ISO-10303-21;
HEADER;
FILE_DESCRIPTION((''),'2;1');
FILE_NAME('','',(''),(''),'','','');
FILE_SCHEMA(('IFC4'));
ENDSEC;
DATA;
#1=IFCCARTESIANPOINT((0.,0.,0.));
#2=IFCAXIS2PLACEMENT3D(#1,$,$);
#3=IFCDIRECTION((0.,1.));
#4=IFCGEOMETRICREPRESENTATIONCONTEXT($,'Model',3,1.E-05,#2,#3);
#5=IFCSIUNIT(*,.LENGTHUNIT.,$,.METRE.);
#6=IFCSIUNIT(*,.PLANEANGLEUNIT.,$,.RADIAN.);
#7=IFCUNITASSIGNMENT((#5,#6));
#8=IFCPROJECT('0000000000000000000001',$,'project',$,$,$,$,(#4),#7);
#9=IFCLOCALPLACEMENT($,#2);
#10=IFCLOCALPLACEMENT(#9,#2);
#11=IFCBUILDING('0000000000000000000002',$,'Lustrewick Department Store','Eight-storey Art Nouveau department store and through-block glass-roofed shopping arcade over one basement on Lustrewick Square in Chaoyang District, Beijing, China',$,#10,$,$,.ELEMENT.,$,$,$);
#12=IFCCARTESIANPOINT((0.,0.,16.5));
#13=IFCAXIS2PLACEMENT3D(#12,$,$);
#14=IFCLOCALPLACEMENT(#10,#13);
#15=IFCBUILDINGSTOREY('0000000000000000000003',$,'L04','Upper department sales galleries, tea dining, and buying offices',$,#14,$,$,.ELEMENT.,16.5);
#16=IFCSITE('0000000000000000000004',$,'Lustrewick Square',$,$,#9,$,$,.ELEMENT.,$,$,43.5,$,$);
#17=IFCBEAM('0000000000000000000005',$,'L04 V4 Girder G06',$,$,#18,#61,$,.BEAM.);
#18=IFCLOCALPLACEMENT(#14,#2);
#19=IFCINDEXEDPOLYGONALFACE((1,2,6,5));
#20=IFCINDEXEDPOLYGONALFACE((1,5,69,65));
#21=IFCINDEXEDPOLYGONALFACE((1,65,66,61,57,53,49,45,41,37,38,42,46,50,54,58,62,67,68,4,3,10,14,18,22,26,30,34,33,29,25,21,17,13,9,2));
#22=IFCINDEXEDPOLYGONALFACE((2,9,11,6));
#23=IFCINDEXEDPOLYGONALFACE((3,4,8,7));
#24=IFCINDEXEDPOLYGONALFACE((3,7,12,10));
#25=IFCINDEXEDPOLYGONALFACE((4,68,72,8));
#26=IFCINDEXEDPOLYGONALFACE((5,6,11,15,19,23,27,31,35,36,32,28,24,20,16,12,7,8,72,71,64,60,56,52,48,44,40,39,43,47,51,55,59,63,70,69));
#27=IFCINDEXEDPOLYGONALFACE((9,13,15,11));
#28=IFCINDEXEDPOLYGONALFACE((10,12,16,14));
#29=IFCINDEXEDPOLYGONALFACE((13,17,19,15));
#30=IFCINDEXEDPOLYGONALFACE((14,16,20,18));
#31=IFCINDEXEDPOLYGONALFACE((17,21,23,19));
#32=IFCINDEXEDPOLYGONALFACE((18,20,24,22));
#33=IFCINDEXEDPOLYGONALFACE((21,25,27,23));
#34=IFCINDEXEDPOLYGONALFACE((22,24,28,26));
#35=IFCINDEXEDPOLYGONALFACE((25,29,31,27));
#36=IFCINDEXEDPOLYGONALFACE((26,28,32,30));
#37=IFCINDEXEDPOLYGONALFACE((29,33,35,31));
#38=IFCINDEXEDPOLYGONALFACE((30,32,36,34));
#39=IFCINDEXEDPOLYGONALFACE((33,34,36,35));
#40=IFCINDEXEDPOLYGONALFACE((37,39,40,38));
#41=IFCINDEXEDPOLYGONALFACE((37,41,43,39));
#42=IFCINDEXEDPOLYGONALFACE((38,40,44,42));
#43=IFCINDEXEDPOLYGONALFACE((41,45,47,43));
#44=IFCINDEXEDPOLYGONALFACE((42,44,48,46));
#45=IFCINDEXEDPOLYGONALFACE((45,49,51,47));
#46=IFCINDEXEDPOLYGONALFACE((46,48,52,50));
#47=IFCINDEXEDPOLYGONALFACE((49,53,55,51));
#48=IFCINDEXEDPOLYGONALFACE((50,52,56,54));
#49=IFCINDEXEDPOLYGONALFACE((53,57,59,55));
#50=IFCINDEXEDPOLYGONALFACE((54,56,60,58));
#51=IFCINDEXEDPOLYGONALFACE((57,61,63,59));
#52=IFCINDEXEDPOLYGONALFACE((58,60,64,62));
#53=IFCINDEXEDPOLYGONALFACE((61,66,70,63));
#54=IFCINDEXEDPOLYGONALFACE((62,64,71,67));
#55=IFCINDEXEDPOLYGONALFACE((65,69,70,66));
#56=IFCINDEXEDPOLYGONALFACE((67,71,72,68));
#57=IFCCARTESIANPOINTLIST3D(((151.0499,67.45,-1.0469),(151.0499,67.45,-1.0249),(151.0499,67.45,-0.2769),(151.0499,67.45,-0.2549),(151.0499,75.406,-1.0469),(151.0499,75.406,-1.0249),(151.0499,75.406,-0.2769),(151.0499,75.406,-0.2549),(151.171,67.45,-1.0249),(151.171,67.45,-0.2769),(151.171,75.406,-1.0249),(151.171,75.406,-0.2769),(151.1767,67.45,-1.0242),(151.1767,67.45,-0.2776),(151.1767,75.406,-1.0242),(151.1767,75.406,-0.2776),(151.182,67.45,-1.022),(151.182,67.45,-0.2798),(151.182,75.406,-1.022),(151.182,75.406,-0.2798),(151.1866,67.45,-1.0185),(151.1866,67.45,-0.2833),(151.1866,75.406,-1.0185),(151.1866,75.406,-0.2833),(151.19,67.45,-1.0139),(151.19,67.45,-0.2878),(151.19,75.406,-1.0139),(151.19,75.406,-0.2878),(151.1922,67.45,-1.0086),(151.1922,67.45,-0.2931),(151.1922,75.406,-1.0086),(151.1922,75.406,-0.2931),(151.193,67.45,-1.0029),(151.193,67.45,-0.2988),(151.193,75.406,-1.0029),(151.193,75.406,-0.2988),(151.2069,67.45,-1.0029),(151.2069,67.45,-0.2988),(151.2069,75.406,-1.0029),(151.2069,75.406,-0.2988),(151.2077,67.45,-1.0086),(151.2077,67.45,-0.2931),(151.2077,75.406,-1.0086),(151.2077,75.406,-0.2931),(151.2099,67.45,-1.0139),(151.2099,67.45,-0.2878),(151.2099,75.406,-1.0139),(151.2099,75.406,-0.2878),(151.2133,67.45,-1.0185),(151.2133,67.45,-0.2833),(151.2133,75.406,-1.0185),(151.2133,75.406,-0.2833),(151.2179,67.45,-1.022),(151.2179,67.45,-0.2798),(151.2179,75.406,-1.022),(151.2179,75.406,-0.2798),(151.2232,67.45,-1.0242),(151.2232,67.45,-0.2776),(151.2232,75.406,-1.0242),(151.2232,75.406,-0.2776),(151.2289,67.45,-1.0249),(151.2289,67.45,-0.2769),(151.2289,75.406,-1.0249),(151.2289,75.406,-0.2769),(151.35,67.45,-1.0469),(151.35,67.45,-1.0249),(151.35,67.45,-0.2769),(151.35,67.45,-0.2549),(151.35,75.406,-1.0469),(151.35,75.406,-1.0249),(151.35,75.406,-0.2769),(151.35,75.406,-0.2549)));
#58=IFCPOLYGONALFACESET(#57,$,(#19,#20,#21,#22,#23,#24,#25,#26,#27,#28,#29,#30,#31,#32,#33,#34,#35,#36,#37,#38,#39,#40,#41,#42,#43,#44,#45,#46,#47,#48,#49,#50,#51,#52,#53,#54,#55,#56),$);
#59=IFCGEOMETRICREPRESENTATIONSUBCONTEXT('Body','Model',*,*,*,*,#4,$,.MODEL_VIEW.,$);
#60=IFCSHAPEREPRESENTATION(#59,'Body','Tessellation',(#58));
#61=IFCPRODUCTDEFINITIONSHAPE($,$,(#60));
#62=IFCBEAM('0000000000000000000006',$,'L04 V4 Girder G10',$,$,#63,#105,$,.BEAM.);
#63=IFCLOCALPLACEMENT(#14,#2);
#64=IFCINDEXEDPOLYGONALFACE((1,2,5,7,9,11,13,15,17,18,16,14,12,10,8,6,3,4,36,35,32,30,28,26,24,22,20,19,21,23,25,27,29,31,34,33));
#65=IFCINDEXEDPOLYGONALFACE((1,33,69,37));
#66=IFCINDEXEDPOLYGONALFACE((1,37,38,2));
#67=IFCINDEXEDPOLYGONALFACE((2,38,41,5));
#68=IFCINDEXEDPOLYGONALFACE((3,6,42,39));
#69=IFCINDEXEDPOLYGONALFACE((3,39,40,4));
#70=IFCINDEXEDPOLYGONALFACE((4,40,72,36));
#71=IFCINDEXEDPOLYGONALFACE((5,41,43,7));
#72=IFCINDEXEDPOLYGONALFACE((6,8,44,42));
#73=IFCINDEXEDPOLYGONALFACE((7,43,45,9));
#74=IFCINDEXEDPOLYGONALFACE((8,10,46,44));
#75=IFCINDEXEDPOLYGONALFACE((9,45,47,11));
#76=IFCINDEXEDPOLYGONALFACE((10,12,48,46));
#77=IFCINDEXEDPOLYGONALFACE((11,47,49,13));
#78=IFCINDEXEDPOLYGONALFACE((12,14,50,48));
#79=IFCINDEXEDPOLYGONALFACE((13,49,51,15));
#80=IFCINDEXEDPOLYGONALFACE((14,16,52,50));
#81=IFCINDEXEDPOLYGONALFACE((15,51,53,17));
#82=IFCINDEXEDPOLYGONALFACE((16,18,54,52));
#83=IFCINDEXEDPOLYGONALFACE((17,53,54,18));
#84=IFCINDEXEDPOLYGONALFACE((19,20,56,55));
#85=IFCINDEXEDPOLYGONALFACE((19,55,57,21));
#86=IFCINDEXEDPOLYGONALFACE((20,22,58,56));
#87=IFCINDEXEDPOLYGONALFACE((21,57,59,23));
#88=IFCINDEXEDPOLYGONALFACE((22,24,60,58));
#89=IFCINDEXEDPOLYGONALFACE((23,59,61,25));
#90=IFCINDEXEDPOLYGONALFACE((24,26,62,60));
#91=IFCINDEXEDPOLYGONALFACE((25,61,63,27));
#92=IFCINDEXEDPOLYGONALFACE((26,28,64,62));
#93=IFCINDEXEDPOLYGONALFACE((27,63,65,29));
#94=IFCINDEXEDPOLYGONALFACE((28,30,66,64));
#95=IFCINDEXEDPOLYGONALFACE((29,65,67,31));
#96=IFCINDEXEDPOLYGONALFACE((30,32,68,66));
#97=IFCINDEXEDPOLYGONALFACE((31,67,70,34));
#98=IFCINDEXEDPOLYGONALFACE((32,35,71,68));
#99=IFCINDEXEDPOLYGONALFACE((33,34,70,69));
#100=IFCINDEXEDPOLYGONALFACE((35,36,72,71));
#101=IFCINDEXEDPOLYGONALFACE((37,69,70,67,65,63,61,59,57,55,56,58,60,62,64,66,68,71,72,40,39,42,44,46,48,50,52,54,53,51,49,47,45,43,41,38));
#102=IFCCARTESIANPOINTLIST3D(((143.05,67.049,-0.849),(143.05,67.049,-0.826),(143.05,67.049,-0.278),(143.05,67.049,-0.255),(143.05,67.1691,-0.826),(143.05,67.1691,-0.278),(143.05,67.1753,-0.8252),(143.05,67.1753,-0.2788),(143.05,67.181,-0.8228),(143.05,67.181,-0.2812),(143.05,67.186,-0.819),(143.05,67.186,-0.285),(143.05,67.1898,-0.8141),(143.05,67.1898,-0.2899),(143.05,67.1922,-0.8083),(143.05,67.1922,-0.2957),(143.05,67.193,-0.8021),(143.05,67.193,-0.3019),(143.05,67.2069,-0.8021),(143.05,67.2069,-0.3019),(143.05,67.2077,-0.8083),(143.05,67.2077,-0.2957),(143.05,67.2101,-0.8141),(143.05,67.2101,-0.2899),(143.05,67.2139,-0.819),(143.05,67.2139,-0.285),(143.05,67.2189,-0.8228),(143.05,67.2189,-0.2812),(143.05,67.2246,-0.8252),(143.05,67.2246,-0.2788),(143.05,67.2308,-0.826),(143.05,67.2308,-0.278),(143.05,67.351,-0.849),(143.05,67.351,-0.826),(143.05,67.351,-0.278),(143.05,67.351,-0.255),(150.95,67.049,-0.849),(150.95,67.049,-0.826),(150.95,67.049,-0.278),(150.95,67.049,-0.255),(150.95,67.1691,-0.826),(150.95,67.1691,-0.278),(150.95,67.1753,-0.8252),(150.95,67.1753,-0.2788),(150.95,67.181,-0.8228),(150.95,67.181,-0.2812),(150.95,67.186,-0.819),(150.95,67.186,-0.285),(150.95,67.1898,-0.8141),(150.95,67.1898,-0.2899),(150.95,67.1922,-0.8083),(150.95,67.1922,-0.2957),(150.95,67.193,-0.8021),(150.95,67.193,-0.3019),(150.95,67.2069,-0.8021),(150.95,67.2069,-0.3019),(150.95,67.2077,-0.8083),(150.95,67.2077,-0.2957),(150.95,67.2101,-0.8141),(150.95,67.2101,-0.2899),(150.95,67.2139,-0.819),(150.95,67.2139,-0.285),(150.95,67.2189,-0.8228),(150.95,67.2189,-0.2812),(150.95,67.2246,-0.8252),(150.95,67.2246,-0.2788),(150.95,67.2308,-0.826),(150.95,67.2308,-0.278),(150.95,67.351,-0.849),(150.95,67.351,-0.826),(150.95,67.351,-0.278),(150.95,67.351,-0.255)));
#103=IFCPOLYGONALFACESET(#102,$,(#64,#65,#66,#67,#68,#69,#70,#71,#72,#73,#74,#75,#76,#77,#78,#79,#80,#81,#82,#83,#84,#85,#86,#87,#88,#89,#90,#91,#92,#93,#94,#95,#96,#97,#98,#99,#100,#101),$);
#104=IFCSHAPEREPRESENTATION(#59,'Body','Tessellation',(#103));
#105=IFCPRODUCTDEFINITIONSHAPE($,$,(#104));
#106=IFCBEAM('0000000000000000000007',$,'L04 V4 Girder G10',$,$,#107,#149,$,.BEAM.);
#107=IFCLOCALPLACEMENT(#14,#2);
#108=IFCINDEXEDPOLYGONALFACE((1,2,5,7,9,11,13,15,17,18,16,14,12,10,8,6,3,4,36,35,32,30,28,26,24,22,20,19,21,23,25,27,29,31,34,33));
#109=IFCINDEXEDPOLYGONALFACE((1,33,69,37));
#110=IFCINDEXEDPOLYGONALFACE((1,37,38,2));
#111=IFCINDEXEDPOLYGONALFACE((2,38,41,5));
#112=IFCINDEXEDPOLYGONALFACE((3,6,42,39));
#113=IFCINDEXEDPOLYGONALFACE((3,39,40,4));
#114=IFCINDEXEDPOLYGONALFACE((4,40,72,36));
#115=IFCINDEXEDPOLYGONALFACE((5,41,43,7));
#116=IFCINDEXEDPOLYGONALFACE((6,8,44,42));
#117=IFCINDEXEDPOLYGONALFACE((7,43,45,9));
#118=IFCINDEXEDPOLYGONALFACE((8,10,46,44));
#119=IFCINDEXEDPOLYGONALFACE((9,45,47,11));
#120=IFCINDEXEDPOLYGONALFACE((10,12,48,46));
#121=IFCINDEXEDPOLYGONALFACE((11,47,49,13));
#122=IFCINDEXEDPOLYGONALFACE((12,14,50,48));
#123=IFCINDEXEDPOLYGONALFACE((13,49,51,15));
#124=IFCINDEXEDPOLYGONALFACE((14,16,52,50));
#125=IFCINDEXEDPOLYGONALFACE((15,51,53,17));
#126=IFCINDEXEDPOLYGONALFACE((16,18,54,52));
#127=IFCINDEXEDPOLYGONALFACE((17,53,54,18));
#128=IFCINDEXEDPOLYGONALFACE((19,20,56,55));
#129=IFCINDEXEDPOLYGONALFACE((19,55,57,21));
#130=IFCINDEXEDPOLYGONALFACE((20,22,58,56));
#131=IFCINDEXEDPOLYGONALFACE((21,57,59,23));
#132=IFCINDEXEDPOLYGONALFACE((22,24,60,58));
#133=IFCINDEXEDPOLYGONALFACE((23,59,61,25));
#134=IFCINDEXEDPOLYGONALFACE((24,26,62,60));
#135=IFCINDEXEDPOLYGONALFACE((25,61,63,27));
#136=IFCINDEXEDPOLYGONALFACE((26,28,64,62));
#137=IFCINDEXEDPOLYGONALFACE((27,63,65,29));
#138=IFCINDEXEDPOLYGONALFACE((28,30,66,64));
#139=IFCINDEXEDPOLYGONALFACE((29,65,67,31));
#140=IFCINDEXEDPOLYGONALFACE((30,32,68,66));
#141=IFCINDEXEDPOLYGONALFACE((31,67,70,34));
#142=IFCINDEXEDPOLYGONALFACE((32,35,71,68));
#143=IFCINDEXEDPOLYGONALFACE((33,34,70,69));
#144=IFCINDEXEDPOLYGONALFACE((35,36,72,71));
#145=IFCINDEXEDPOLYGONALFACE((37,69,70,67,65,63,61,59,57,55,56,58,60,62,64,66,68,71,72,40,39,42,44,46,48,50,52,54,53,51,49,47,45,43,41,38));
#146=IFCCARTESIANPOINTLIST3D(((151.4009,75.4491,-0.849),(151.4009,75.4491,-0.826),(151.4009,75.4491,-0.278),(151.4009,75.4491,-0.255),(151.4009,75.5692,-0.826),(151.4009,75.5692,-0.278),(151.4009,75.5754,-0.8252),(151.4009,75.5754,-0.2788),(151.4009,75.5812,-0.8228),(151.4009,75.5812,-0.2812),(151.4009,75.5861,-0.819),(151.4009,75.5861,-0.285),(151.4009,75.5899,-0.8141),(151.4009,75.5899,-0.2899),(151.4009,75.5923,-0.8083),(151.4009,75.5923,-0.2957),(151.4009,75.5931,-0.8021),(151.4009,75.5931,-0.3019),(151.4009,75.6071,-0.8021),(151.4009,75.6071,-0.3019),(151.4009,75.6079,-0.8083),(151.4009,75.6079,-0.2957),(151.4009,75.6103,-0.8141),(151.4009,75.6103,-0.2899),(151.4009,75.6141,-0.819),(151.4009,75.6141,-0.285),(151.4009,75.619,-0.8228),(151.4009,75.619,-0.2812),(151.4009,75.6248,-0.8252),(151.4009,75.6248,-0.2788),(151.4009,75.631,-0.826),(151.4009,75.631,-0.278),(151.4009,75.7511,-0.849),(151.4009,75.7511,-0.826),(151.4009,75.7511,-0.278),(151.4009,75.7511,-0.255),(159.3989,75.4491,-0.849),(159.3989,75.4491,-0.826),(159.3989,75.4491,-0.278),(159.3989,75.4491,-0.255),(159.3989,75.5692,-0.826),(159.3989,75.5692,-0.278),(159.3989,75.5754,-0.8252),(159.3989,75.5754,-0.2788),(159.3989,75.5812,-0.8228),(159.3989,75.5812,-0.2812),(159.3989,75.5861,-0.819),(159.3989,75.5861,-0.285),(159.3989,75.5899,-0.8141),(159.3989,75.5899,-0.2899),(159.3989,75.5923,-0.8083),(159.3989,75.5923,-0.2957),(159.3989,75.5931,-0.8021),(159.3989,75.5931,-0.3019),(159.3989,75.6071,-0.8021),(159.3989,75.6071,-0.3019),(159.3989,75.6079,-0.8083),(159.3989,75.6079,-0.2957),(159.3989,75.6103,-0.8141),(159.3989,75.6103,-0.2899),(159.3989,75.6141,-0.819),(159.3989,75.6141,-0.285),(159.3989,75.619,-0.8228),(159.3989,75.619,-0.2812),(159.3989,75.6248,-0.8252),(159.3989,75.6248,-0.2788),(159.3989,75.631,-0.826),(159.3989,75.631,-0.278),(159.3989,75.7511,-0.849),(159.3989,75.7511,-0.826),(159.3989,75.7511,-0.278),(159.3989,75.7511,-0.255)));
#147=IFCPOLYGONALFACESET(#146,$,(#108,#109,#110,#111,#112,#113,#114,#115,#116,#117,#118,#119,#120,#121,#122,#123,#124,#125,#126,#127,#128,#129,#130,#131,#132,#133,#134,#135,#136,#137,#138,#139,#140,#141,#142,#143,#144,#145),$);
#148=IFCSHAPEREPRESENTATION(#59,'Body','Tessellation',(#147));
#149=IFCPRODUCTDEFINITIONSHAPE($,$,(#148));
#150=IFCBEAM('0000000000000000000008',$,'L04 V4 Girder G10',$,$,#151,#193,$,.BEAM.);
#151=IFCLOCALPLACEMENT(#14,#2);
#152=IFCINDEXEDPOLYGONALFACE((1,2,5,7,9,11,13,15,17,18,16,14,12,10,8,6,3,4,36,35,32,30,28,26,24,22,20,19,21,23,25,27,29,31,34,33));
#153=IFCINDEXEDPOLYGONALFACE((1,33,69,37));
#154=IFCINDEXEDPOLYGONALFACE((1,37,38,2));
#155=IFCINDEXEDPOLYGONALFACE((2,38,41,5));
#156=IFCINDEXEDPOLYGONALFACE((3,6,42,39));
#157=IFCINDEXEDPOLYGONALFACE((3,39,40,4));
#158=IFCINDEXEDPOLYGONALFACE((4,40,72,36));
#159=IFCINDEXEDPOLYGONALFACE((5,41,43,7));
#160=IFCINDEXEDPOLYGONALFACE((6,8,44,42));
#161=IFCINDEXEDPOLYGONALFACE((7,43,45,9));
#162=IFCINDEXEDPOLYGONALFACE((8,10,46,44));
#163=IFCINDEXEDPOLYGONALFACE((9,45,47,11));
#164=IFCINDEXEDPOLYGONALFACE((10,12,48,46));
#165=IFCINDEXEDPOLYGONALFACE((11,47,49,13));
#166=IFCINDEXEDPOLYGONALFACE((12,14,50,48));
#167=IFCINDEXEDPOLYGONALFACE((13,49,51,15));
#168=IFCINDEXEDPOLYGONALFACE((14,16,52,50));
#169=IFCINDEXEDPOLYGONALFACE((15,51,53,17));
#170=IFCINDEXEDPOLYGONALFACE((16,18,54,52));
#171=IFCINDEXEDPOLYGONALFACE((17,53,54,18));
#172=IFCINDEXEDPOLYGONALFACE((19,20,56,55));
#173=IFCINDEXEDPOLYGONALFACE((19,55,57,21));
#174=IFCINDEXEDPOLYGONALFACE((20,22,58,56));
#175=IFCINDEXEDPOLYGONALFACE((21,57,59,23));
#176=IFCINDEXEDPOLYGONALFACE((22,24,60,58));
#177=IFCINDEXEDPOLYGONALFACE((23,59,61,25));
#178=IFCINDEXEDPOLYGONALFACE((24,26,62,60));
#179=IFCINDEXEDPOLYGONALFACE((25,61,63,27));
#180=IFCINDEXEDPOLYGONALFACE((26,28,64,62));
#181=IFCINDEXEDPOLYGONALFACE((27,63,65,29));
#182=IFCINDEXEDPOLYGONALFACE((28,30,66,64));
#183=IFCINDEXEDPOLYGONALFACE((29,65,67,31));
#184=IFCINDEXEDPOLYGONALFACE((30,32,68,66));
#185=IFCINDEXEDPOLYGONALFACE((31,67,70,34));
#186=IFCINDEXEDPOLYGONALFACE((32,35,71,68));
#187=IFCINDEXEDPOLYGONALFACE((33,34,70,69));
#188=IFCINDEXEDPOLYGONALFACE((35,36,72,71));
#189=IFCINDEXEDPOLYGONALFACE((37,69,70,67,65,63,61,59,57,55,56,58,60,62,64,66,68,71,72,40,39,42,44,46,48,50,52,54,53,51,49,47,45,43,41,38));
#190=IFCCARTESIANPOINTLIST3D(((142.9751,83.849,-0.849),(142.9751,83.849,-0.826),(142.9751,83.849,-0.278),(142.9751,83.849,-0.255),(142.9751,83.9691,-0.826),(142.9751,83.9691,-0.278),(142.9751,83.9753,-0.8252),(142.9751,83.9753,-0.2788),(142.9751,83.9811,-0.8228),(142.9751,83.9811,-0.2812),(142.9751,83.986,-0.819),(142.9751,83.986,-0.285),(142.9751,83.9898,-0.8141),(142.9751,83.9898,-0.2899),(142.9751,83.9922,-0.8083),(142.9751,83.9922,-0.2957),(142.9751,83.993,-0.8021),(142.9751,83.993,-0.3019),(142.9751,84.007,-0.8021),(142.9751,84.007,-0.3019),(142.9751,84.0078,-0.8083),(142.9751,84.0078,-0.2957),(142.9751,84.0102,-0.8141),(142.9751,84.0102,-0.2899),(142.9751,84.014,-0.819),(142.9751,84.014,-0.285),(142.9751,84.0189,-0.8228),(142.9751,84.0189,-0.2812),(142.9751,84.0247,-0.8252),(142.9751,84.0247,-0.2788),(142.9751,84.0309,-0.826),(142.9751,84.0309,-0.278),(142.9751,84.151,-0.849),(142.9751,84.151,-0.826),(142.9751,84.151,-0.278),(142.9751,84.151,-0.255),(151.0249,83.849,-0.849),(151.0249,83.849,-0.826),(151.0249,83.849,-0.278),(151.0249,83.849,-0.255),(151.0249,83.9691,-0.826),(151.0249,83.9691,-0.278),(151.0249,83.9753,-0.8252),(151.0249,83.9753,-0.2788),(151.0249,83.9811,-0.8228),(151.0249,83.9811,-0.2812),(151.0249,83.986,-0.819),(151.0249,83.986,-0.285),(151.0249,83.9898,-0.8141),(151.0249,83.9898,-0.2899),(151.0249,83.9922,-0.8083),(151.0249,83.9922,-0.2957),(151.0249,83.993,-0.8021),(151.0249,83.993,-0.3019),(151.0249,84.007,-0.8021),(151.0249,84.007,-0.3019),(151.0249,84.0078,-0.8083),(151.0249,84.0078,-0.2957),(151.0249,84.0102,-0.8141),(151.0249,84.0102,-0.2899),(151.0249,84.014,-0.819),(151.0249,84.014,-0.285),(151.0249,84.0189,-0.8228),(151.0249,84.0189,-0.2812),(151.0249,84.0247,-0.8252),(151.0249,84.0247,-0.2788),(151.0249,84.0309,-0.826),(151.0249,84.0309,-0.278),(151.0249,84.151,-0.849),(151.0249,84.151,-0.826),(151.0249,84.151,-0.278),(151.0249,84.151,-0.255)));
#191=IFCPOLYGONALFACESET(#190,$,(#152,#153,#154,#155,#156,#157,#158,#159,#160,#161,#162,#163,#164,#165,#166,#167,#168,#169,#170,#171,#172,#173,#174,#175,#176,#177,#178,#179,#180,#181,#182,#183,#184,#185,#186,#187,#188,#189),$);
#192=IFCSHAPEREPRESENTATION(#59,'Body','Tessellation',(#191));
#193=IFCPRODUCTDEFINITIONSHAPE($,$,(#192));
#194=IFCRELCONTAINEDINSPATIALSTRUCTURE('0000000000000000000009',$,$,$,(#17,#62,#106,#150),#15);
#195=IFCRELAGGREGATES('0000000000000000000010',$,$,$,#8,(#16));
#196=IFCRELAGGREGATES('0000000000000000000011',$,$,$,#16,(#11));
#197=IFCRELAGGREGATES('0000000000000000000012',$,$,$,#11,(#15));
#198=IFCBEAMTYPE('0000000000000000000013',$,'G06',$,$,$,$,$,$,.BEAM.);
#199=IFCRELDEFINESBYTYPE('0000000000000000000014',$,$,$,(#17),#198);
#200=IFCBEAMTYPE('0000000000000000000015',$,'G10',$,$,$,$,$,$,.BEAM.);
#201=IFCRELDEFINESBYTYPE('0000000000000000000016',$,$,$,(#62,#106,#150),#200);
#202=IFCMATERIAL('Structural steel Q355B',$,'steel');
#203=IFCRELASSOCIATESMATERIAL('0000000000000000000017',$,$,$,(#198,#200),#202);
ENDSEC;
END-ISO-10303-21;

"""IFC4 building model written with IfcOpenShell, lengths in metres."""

from ifc_helpers import new_model, si_unit, direction, frame, origin, origin_2d, place, context, subcontext, project, spatial, i_section, extrude, material, material_profile, profile_set, type_object, element, save


model = new_model("IFC4")

# Units and contexts
model_context = context("Model", 3, precision=1e-05, world=origin(), true_north=direction((0.0, 1.0)))
body_context = subcontext(model_context, "Body", "Model", "MODEL_VIEW")
ifc_project = project(units=[si_unit("LENGTHUNIT", "METRE"), si_unit("PLANEANGLEUNIT", "RADIAN")], contexts=[model_context])

# Site, building, storey
site_placement = place(None, origin())
site = spatial("IfcSite", under=ifc_project, at=site_placement, Name="Lustrewick Square", CompositionType="ELEMENT", RefElevation=43.5)
building_placement = place(site_placement, origin())
building = spatial("IfcBuilding", under=site, at=building_placement, Name="Lustrewick Department Store", Description="Eight-storey Art Nouveau department store and through-block glass-roofed shopping arcade over one basement on Lustrewick Square in Chaoyang District, Beijing, China", CompositionType="ELEMENT")
storey_placement = place(building_placement, frame((0.0, 0.0, 16.5)))
storey = spatial("IfcBuildingStorey", under=building, at=storey_placement, Name="L04", Description="Upper department sales galleries, tea dining, and buying offices", CompositionType="ELEMENT", Elevation=16.5)

# Shared definitions
ifc_material_1 = material(Name="Structural steel Q355B", Category="steel")

# Beams
ifc_material_profile_1 = material_profile(ifc_material_1, i_section(OverallWidth=0.3, OverallDepth=0.792, WebThickness=0.0139, FlangeThickness=0.022, FilletRadius=0.022, at=origin_2d()), Name="HN 792x300x14x22")
ifc_profile_set_1 = profile_set([ifc_material_profile_1], Name="Structural steel Q355B")
beam_type_1 = type_object("IfcBeamType", Name="G06", PredefinedType="BEAM", material=ifc_profile_set_1)
beam_1_placement = place(storey_placement, frame((151.2, 67.45, -0.6509), z_axis=(0.0, 1.0, 0.0), x_axis=(-1.0, 0.0, 0.0)))
element("IfcBeam", 1, at=beam_1_placement, inside=storey, type_object=beam_type_1, Name="L04 V4 Girder G06", PredefinedType="BEAM", context=body_context, shape_type="SweptSolid", body=[
    extrude(i_section(OverallWidth=0.3, OverallDepth=0.792, WebThickness=0.0139, FlangeThickness=0.022, FilletRadius=0.022, at=origin_2d()), origin(), (0.0, 0.0, 1.0), 7.9561),
])
ifc_material_profile_2 = material_profile(ifc_material_1, i_section(OverallWidth=0.302, OverallDepth=0.594, WebThickness=0.0139, FlangeThickness=0.0229, FilletRadius=0.0239, at=origin_2d()), Name="HM 594x302x14x23")
ifc_profile_set_2 = profile_set([ifc_material_profile_2], Name="Structural steel Q355B")
beam_type_2 = type_object("IfcBeamType", Name="G10", PredefinedType="BEAM", material=ifc_profile_set_2)
beam_2_placement = place(storey_placement, frame((143.05, 67.2, -0.552), z_axis=(1.0, 0.0, 0.0), x_axis=(0.0, 1.0, 0.0)))
element("IfcBeam", 2, at=beam_2_placement, inside=storey, type_object=beam_type_2, Name="L04 V4 Girder G10", PredefinedType="BEAM", context=body_context, shape_type="SweptSolid", body=[
    extrude(i_section(OverallWidth=0.302, OverallDepth=0.594, WebThickness=0.0139, FlangeThickness=0.0229, FilletRadius=0.0239, at=origin_2d()), origin(), (0.0, 0.0, 1.0), 7.8999),
])
beam_3_placement = place(storey_placement, frame((151.4009, 75.6001, -0.552), z_axis=(1.0, 0.0, 0.0), x_axis=(0.0, 1.0, 0.0)))
element("IfcBeam", 3, at=beam_3_placement, inside=storey, type_object=beam_type_2, Name="L04 V4 Girder G10", PredefinedType="BEAM", context=body_context, shape_type="SweptSolid", body=[
    extrude(i_section(OverallWidth=0.302, OverallDepth=0.594, WebThickness=0.0139, FlangeThickness=0.0229, FilletRadius=0.0239, at=origin_2d()), origin(), (0.0, 0.0, 1.0), 7.998),
])
beam_4_placement = place(storey_placement, frame((142.9751, 84.0, -0.552), z_axis=(1.0, 0.0, 0.0), x_axis=(0.0, 1.0, 0.0)))
element("IfcBeam", 4, at=beam_4_placement, inside=storey, type_object=beam_type_2, Name="L04 V4 Girder G10", PredefinedType="BEAM", context=body_context, shape_type="SweptSolid", body=[
    extrude(i_section(OverallWidth=0.302, OverallDepth=0.594, WebThickness=0.0139, FlangeThickness=0.0229, FilletRadius=0.0239, at=origin_2d()), origin(), (0.0, 0.0, 1.0), 8.0498),
])

save(model, "model.ifc")
